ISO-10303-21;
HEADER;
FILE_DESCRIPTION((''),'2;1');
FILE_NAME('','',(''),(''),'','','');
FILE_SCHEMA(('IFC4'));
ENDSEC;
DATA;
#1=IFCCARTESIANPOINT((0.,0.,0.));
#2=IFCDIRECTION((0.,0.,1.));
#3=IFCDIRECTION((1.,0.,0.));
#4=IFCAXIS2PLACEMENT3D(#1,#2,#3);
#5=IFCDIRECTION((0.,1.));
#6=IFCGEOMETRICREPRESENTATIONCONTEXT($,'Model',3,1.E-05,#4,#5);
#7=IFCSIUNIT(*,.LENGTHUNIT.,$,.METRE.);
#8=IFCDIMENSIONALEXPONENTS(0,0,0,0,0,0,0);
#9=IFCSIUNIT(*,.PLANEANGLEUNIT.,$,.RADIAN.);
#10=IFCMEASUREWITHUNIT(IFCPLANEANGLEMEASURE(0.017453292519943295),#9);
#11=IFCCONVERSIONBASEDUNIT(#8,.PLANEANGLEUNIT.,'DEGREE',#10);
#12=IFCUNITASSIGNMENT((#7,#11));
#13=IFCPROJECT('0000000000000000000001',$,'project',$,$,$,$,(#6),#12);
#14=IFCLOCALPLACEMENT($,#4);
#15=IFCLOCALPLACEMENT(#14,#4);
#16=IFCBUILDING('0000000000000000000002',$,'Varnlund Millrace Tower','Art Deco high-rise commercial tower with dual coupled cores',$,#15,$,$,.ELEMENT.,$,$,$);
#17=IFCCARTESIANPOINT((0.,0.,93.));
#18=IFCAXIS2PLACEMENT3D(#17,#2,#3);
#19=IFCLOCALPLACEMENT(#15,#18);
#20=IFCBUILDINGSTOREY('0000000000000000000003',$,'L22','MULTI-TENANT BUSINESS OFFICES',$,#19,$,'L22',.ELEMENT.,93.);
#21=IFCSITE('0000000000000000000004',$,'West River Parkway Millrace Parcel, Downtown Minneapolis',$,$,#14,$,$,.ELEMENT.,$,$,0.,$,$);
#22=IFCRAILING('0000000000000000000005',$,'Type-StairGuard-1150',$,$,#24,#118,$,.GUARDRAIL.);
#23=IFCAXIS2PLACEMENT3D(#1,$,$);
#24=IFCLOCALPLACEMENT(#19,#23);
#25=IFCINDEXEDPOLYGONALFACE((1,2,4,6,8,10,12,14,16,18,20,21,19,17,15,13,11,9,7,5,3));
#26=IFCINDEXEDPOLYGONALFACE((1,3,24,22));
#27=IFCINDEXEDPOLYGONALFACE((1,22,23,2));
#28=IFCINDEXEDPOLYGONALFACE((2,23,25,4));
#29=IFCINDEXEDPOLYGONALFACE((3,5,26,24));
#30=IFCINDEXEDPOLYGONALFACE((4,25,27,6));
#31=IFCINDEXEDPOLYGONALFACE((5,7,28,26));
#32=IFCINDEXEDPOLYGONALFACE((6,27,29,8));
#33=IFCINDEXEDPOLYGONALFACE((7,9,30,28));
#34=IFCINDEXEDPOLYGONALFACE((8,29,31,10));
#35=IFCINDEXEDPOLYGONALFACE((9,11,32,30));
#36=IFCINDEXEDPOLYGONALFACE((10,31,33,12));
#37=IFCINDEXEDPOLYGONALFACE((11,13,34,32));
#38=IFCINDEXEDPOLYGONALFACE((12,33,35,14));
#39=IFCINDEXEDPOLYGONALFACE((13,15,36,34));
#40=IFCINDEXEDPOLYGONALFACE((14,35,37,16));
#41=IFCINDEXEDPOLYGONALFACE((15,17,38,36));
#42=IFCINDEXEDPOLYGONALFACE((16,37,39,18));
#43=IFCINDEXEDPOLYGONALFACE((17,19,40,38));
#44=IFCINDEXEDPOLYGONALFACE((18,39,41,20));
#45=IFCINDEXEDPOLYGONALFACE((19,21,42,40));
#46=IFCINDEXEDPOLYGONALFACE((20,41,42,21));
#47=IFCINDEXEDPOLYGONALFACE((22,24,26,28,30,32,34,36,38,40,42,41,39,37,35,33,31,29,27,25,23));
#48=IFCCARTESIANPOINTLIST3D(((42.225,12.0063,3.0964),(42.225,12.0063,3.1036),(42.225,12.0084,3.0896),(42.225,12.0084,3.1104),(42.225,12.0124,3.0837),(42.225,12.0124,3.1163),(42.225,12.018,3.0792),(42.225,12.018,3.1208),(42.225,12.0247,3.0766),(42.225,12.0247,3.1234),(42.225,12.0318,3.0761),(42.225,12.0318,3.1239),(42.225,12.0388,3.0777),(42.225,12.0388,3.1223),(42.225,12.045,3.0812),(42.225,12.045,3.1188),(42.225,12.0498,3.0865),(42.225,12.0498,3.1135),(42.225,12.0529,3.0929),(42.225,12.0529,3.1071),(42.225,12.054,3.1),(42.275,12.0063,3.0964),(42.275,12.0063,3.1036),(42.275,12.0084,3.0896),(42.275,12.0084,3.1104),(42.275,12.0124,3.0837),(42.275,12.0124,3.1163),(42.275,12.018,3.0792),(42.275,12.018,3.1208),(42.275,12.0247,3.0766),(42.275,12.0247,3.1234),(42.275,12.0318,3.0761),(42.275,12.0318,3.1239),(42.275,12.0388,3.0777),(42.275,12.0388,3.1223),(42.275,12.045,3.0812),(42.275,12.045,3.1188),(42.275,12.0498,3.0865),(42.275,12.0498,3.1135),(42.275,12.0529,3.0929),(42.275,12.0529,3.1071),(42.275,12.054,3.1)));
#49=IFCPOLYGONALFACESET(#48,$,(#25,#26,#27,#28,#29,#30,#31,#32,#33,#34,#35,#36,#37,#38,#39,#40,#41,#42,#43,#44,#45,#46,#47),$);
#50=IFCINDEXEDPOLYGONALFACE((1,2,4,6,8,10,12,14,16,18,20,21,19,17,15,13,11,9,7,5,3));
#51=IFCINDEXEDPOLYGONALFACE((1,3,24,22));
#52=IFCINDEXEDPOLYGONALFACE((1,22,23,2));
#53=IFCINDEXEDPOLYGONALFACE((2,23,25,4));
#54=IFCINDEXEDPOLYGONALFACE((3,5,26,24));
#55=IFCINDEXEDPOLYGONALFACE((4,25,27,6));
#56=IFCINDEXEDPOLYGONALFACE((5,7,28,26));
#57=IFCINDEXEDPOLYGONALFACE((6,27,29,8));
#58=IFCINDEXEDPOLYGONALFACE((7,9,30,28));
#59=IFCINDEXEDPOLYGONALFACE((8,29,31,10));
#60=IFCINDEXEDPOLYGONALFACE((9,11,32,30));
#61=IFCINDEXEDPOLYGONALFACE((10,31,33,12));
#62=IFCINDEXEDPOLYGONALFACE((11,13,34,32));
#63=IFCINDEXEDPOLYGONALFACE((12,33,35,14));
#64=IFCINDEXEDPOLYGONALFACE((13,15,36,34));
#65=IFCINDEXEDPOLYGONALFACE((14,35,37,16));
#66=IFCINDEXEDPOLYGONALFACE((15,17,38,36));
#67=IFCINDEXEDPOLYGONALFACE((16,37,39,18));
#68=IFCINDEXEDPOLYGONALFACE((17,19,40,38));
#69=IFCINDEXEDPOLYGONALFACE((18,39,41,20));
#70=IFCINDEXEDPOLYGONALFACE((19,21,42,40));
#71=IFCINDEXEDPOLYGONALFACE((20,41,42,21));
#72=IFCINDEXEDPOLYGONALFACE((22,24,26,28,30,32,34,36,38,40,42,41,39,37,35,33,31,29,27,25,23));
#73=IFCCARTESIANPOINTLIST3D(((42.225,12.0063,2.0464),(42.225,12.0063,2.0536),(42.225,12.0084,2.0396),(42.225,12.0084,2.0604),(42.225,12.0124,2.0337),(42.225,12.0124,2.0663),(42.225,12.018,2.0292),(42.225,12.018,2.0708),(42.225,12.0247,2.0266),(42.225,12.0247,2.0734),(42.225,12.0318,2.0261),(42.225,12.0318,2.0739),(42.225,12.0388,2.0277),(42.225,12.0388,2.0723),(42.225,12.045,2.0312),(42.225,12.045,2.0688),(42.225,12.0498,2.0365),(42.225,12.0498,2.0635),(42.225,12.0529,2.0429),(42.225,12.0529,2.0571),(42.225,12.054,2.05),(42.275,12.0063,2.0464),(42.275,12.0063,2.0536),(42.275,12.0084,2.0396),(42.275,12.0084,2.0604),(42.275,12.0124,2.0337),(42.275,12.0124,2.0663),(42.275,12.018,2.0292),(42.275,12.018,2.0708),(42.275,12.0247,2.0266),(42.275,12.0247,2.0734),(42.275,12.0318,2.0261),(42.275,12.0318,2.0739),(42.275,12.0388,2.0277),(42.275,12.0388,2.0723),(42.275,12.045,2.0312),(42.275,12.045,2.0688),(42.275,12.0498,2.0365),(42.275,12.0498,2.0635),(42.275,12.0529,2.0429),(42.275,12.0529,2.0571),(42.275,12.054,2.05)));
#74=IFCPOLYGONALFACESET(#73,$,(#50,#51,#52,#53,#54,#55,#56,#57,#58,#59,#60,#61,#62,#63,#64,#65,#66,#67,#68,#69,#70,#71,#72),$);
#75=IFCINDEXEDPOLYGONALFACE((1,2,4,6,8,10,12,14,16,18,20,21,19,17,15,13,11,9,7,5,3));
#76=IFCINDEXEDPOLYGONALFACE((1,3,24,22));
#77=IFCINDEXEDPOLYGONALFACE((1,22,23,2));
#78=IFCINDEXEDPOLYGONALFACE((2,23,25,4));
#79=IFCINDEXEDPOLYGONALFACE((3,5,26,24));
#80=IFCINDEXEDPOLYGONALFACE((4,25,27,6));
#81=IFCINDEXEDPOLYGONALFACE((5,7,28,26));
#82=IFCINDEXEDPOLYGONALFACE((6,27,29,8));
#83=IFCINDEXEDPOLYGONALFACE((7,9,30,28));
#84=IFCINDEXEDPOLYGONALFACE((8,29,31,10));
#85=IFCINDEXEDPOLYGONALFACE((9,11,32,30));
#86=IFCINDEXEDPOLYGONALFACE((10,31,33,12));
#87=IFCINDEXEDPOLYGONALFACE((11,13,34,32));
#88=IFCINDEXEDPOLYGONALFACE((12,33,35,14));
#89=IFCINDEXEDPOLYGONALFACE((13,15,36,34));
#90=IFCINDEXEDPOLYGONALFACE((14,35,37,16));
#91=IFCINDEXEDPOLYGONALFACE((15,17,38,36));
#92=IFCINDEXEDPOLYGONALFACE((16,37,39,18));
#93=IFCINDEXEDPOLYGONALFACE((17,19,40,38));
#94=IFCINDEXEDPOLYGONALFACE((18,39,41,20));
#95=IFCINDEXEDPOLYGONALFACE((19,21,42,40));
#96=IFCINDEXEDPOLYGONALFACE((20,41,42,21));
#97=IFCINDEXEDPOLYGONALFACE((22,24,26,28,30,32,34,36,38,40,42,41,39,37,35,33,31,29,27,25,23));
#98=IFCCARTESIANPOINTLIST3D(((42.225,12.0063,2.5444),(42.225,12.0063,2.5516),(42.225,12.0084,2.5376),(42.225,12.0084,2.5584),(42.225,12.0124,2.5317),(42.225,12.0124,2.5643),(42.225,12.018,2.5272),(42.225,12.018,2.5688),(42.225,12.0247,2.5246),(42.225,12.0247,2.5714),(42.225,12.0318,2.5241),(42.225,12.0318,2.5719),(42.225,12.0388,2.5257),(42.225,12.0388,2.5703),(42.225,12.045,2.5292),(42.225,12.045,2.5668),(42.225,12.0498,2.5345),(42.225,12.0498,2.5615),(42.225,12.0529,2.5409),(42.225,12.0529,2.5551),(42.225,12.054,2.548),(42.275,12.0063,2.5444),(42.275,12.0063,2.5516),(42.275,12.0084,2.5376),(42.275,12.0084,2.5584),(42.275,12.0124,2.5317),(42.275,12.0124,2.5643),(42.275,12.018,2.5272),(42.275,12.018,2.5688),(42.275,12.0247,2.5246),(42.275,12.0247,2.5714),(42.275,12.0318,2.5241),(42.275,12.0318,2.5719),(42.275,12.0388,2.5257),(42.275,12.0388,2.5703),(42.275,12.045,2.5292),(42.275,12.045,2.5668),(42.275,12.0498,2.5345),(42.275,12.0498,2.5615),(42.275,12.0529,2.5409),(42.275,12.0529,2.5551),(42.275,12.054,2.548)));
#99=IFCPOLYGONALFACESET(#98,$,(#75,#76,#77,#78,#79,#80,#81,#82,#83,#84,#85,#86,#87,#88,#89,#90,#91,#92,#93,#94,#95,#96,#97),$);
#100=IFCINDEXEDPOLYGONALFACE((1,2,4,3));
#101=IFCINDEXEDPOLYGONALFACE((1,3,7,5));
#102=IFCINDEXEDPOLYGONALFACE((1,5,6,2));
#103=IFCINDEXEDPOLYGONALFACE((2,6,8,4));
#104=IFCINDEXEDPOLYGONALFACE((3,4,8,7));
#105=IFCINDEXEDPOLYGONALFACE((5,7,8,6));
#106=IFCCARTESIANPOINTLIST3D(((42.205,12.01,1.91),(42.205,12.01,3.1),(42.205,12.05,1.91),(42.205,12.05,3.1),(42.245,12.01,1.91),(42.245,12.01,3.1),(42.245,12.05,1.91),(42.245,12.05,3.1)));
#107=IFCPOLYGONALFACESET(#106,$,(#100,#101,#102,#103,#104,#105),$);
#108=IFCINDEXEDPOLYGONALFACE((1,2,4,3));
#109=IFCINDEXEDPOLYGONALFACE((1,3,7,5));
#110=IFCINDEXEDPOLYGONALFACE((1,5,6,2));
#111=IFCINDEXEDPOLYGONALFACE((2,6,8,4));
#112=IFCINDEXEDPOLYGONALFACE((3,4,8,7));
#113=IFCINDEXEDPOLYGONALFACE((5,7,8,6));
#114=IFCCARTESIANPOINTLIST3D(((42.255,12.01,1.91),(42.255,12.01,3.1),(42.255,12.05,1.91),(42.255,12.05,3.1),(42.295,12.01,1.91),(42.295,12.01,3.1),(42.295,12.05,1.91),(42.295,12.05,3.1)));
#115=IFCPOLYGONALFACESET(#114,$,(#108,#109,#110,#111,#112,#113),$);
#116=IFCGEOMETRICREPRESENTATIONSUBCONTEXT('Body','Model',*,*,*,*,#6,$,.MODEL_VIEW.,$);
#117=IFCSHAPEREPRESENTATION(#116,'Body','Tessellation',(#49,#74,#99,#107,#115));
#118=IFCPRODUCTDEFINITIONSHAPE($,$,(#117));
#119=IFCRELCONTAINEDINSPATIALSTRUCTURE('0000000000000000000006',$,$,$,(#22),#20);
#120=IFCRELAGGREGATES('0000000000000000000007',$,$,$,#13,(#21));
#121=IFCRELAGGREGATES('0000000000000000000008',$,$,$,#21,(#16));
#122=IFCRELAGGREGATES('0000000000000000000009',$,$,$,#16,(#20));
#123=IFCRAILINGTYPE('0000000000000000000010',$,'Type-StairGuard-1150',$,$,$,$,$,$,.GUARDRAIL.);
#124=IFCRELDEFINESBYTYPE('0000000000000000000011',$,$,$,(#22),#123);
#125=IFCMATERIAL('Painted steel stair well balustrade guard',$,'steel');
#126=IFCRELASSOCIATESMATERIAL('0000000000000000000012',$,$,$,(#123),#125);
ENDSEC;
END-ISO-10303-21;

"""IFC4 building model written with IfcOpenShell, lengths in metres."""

from ifc_helpers import new_model, entity, si_unit, converted_unit, direction, frame, origin_with_axes, origin_2d_with_axis, place, context, subcontext, project, spatial, rectangle, circle, extrude, material, type_object, element, save


model = new_model("IFC4")

# Units and contexts
model_context = context("Model", 3, precision=1e-05, world=origin_with_axes(), true_north=direction((0.0, 1.0)))
body_context = subcontext(model_context, "Body", "Model", "MODEL_VIEW")
ifc_project = project(units=[si_unit("LENGTHUNIT", "METRE"), converted_unit("PLANEANGLEUNIT", "DEGREE", entity("IfcPlaneAngleMeasure", 0.017453292519943295), si_unit("PLANEANGLEUNIT", "RADIAN"), dimensions=[0, 0, 0, 0, 0, 0, 0])], contexts=[model_context])

# Site, building, storey
site_placement = place(None, origin_with_axes())
site = spatial("IfcSite", under=ifc_project, at=site_placement, Name="West River Parkway Millrace Parcel, Downtown Minneapolis", CompositionType="ELEMENT", RefElevation=0.0)
building_placement = place(site_placement, origin_with_axes())
building = spatial("IfcBuilding", under=site, at=building_placement, Name="Varnlund Millrace Tower", Description="Art Deco high-rise commercial tower with dual coupled cores", CompositionType="ELEMENT")
storey_placement = place(building_placement, frame((0.0, 0.0, 93.0), z_axis=(0.0, 0.0, 1.0), x_axis=(1.0, 0.0, 0.0)))
storey = spatial("IfcBuildingStorey", under=building, at=storey_placement, Name="L22", Description="MULTI-TENANT BUSINESS OFFICES", LongName="L22", CompositionType="ELEMENT", Elevation=93.0)

# Railing
ifc_material_1 = material(Name="Painted steel stair well balustrade guard", Category="steel")
railing_type_1 = type_object("IfcRailingType", Name="Type-StairGuard-1150", PredefinedType="GUARDRAIL", material=ifc_material_1)
railing_1_placement = place(storey_placement, frame((0.0, 0.0, -93.0), z_axis=(0.0, 0.0, 1.0), x_axis=(1.0, 0.0, 0.0)))
element("IfcRailing", 1, at=railing_1_placement, inside=storey, type_object=railing_type_1, Name="Type-StairGuard-1150", PredefinedType="GUARDRAIL", context=body_context, shape_type="SweptSolid", body=[
    extrude(circle(Radius=0.024, at=origin_2d_with_axis()), frame((42.225, 12.03, 96.1), z_axis=(1.0, 0.0, 0.0), x_axis=(0.0, 1.0, 0.0)), (0.0, 0.0, 1.0), 0.05),
    extrude(circle(Radius=0.024, at=origin_2d_with_axis()), frame((42.225, 12.03, 95.05), z_axis=(1.0, 0.0, 0.0), x_axis=(0.0, 1.0, 0.0)), (0.0, 0.0, 1.0), 0.05),
    extrude(circle(Radius=0.024, at=origin_2d_with_axis()), frame((42.225, 12.03, 95.548), z_axis=(1.0, 0.0, 0.0), x_axis=(0.0, 1.0, 0.0)), (0.0, 0.0, 1.0), 0.05),
    extrude(rectangle(XDim=0.04, YDim=0.04, at=origin_2d_with_axis()), frame((42.225, 12.03, 94.91), z_axis=(0.0, 0.0, 1.0), x_axis=(1.0, 0.0, 0.0)), (0.0, 0.0, 1.0), 1.19),
    extrude(rectangle(XDim=0.04, YDim=0.04, at=origin_2d_with_axis()), frame((42.275, 12.03, 94.91), z_axis=(0.0, 0.0, 1.0), x_axis=(1.0, 0.0, 0.0)), (0.0, 0.0, 1.0), 1.19),
])

save(model, "model.ifc")
